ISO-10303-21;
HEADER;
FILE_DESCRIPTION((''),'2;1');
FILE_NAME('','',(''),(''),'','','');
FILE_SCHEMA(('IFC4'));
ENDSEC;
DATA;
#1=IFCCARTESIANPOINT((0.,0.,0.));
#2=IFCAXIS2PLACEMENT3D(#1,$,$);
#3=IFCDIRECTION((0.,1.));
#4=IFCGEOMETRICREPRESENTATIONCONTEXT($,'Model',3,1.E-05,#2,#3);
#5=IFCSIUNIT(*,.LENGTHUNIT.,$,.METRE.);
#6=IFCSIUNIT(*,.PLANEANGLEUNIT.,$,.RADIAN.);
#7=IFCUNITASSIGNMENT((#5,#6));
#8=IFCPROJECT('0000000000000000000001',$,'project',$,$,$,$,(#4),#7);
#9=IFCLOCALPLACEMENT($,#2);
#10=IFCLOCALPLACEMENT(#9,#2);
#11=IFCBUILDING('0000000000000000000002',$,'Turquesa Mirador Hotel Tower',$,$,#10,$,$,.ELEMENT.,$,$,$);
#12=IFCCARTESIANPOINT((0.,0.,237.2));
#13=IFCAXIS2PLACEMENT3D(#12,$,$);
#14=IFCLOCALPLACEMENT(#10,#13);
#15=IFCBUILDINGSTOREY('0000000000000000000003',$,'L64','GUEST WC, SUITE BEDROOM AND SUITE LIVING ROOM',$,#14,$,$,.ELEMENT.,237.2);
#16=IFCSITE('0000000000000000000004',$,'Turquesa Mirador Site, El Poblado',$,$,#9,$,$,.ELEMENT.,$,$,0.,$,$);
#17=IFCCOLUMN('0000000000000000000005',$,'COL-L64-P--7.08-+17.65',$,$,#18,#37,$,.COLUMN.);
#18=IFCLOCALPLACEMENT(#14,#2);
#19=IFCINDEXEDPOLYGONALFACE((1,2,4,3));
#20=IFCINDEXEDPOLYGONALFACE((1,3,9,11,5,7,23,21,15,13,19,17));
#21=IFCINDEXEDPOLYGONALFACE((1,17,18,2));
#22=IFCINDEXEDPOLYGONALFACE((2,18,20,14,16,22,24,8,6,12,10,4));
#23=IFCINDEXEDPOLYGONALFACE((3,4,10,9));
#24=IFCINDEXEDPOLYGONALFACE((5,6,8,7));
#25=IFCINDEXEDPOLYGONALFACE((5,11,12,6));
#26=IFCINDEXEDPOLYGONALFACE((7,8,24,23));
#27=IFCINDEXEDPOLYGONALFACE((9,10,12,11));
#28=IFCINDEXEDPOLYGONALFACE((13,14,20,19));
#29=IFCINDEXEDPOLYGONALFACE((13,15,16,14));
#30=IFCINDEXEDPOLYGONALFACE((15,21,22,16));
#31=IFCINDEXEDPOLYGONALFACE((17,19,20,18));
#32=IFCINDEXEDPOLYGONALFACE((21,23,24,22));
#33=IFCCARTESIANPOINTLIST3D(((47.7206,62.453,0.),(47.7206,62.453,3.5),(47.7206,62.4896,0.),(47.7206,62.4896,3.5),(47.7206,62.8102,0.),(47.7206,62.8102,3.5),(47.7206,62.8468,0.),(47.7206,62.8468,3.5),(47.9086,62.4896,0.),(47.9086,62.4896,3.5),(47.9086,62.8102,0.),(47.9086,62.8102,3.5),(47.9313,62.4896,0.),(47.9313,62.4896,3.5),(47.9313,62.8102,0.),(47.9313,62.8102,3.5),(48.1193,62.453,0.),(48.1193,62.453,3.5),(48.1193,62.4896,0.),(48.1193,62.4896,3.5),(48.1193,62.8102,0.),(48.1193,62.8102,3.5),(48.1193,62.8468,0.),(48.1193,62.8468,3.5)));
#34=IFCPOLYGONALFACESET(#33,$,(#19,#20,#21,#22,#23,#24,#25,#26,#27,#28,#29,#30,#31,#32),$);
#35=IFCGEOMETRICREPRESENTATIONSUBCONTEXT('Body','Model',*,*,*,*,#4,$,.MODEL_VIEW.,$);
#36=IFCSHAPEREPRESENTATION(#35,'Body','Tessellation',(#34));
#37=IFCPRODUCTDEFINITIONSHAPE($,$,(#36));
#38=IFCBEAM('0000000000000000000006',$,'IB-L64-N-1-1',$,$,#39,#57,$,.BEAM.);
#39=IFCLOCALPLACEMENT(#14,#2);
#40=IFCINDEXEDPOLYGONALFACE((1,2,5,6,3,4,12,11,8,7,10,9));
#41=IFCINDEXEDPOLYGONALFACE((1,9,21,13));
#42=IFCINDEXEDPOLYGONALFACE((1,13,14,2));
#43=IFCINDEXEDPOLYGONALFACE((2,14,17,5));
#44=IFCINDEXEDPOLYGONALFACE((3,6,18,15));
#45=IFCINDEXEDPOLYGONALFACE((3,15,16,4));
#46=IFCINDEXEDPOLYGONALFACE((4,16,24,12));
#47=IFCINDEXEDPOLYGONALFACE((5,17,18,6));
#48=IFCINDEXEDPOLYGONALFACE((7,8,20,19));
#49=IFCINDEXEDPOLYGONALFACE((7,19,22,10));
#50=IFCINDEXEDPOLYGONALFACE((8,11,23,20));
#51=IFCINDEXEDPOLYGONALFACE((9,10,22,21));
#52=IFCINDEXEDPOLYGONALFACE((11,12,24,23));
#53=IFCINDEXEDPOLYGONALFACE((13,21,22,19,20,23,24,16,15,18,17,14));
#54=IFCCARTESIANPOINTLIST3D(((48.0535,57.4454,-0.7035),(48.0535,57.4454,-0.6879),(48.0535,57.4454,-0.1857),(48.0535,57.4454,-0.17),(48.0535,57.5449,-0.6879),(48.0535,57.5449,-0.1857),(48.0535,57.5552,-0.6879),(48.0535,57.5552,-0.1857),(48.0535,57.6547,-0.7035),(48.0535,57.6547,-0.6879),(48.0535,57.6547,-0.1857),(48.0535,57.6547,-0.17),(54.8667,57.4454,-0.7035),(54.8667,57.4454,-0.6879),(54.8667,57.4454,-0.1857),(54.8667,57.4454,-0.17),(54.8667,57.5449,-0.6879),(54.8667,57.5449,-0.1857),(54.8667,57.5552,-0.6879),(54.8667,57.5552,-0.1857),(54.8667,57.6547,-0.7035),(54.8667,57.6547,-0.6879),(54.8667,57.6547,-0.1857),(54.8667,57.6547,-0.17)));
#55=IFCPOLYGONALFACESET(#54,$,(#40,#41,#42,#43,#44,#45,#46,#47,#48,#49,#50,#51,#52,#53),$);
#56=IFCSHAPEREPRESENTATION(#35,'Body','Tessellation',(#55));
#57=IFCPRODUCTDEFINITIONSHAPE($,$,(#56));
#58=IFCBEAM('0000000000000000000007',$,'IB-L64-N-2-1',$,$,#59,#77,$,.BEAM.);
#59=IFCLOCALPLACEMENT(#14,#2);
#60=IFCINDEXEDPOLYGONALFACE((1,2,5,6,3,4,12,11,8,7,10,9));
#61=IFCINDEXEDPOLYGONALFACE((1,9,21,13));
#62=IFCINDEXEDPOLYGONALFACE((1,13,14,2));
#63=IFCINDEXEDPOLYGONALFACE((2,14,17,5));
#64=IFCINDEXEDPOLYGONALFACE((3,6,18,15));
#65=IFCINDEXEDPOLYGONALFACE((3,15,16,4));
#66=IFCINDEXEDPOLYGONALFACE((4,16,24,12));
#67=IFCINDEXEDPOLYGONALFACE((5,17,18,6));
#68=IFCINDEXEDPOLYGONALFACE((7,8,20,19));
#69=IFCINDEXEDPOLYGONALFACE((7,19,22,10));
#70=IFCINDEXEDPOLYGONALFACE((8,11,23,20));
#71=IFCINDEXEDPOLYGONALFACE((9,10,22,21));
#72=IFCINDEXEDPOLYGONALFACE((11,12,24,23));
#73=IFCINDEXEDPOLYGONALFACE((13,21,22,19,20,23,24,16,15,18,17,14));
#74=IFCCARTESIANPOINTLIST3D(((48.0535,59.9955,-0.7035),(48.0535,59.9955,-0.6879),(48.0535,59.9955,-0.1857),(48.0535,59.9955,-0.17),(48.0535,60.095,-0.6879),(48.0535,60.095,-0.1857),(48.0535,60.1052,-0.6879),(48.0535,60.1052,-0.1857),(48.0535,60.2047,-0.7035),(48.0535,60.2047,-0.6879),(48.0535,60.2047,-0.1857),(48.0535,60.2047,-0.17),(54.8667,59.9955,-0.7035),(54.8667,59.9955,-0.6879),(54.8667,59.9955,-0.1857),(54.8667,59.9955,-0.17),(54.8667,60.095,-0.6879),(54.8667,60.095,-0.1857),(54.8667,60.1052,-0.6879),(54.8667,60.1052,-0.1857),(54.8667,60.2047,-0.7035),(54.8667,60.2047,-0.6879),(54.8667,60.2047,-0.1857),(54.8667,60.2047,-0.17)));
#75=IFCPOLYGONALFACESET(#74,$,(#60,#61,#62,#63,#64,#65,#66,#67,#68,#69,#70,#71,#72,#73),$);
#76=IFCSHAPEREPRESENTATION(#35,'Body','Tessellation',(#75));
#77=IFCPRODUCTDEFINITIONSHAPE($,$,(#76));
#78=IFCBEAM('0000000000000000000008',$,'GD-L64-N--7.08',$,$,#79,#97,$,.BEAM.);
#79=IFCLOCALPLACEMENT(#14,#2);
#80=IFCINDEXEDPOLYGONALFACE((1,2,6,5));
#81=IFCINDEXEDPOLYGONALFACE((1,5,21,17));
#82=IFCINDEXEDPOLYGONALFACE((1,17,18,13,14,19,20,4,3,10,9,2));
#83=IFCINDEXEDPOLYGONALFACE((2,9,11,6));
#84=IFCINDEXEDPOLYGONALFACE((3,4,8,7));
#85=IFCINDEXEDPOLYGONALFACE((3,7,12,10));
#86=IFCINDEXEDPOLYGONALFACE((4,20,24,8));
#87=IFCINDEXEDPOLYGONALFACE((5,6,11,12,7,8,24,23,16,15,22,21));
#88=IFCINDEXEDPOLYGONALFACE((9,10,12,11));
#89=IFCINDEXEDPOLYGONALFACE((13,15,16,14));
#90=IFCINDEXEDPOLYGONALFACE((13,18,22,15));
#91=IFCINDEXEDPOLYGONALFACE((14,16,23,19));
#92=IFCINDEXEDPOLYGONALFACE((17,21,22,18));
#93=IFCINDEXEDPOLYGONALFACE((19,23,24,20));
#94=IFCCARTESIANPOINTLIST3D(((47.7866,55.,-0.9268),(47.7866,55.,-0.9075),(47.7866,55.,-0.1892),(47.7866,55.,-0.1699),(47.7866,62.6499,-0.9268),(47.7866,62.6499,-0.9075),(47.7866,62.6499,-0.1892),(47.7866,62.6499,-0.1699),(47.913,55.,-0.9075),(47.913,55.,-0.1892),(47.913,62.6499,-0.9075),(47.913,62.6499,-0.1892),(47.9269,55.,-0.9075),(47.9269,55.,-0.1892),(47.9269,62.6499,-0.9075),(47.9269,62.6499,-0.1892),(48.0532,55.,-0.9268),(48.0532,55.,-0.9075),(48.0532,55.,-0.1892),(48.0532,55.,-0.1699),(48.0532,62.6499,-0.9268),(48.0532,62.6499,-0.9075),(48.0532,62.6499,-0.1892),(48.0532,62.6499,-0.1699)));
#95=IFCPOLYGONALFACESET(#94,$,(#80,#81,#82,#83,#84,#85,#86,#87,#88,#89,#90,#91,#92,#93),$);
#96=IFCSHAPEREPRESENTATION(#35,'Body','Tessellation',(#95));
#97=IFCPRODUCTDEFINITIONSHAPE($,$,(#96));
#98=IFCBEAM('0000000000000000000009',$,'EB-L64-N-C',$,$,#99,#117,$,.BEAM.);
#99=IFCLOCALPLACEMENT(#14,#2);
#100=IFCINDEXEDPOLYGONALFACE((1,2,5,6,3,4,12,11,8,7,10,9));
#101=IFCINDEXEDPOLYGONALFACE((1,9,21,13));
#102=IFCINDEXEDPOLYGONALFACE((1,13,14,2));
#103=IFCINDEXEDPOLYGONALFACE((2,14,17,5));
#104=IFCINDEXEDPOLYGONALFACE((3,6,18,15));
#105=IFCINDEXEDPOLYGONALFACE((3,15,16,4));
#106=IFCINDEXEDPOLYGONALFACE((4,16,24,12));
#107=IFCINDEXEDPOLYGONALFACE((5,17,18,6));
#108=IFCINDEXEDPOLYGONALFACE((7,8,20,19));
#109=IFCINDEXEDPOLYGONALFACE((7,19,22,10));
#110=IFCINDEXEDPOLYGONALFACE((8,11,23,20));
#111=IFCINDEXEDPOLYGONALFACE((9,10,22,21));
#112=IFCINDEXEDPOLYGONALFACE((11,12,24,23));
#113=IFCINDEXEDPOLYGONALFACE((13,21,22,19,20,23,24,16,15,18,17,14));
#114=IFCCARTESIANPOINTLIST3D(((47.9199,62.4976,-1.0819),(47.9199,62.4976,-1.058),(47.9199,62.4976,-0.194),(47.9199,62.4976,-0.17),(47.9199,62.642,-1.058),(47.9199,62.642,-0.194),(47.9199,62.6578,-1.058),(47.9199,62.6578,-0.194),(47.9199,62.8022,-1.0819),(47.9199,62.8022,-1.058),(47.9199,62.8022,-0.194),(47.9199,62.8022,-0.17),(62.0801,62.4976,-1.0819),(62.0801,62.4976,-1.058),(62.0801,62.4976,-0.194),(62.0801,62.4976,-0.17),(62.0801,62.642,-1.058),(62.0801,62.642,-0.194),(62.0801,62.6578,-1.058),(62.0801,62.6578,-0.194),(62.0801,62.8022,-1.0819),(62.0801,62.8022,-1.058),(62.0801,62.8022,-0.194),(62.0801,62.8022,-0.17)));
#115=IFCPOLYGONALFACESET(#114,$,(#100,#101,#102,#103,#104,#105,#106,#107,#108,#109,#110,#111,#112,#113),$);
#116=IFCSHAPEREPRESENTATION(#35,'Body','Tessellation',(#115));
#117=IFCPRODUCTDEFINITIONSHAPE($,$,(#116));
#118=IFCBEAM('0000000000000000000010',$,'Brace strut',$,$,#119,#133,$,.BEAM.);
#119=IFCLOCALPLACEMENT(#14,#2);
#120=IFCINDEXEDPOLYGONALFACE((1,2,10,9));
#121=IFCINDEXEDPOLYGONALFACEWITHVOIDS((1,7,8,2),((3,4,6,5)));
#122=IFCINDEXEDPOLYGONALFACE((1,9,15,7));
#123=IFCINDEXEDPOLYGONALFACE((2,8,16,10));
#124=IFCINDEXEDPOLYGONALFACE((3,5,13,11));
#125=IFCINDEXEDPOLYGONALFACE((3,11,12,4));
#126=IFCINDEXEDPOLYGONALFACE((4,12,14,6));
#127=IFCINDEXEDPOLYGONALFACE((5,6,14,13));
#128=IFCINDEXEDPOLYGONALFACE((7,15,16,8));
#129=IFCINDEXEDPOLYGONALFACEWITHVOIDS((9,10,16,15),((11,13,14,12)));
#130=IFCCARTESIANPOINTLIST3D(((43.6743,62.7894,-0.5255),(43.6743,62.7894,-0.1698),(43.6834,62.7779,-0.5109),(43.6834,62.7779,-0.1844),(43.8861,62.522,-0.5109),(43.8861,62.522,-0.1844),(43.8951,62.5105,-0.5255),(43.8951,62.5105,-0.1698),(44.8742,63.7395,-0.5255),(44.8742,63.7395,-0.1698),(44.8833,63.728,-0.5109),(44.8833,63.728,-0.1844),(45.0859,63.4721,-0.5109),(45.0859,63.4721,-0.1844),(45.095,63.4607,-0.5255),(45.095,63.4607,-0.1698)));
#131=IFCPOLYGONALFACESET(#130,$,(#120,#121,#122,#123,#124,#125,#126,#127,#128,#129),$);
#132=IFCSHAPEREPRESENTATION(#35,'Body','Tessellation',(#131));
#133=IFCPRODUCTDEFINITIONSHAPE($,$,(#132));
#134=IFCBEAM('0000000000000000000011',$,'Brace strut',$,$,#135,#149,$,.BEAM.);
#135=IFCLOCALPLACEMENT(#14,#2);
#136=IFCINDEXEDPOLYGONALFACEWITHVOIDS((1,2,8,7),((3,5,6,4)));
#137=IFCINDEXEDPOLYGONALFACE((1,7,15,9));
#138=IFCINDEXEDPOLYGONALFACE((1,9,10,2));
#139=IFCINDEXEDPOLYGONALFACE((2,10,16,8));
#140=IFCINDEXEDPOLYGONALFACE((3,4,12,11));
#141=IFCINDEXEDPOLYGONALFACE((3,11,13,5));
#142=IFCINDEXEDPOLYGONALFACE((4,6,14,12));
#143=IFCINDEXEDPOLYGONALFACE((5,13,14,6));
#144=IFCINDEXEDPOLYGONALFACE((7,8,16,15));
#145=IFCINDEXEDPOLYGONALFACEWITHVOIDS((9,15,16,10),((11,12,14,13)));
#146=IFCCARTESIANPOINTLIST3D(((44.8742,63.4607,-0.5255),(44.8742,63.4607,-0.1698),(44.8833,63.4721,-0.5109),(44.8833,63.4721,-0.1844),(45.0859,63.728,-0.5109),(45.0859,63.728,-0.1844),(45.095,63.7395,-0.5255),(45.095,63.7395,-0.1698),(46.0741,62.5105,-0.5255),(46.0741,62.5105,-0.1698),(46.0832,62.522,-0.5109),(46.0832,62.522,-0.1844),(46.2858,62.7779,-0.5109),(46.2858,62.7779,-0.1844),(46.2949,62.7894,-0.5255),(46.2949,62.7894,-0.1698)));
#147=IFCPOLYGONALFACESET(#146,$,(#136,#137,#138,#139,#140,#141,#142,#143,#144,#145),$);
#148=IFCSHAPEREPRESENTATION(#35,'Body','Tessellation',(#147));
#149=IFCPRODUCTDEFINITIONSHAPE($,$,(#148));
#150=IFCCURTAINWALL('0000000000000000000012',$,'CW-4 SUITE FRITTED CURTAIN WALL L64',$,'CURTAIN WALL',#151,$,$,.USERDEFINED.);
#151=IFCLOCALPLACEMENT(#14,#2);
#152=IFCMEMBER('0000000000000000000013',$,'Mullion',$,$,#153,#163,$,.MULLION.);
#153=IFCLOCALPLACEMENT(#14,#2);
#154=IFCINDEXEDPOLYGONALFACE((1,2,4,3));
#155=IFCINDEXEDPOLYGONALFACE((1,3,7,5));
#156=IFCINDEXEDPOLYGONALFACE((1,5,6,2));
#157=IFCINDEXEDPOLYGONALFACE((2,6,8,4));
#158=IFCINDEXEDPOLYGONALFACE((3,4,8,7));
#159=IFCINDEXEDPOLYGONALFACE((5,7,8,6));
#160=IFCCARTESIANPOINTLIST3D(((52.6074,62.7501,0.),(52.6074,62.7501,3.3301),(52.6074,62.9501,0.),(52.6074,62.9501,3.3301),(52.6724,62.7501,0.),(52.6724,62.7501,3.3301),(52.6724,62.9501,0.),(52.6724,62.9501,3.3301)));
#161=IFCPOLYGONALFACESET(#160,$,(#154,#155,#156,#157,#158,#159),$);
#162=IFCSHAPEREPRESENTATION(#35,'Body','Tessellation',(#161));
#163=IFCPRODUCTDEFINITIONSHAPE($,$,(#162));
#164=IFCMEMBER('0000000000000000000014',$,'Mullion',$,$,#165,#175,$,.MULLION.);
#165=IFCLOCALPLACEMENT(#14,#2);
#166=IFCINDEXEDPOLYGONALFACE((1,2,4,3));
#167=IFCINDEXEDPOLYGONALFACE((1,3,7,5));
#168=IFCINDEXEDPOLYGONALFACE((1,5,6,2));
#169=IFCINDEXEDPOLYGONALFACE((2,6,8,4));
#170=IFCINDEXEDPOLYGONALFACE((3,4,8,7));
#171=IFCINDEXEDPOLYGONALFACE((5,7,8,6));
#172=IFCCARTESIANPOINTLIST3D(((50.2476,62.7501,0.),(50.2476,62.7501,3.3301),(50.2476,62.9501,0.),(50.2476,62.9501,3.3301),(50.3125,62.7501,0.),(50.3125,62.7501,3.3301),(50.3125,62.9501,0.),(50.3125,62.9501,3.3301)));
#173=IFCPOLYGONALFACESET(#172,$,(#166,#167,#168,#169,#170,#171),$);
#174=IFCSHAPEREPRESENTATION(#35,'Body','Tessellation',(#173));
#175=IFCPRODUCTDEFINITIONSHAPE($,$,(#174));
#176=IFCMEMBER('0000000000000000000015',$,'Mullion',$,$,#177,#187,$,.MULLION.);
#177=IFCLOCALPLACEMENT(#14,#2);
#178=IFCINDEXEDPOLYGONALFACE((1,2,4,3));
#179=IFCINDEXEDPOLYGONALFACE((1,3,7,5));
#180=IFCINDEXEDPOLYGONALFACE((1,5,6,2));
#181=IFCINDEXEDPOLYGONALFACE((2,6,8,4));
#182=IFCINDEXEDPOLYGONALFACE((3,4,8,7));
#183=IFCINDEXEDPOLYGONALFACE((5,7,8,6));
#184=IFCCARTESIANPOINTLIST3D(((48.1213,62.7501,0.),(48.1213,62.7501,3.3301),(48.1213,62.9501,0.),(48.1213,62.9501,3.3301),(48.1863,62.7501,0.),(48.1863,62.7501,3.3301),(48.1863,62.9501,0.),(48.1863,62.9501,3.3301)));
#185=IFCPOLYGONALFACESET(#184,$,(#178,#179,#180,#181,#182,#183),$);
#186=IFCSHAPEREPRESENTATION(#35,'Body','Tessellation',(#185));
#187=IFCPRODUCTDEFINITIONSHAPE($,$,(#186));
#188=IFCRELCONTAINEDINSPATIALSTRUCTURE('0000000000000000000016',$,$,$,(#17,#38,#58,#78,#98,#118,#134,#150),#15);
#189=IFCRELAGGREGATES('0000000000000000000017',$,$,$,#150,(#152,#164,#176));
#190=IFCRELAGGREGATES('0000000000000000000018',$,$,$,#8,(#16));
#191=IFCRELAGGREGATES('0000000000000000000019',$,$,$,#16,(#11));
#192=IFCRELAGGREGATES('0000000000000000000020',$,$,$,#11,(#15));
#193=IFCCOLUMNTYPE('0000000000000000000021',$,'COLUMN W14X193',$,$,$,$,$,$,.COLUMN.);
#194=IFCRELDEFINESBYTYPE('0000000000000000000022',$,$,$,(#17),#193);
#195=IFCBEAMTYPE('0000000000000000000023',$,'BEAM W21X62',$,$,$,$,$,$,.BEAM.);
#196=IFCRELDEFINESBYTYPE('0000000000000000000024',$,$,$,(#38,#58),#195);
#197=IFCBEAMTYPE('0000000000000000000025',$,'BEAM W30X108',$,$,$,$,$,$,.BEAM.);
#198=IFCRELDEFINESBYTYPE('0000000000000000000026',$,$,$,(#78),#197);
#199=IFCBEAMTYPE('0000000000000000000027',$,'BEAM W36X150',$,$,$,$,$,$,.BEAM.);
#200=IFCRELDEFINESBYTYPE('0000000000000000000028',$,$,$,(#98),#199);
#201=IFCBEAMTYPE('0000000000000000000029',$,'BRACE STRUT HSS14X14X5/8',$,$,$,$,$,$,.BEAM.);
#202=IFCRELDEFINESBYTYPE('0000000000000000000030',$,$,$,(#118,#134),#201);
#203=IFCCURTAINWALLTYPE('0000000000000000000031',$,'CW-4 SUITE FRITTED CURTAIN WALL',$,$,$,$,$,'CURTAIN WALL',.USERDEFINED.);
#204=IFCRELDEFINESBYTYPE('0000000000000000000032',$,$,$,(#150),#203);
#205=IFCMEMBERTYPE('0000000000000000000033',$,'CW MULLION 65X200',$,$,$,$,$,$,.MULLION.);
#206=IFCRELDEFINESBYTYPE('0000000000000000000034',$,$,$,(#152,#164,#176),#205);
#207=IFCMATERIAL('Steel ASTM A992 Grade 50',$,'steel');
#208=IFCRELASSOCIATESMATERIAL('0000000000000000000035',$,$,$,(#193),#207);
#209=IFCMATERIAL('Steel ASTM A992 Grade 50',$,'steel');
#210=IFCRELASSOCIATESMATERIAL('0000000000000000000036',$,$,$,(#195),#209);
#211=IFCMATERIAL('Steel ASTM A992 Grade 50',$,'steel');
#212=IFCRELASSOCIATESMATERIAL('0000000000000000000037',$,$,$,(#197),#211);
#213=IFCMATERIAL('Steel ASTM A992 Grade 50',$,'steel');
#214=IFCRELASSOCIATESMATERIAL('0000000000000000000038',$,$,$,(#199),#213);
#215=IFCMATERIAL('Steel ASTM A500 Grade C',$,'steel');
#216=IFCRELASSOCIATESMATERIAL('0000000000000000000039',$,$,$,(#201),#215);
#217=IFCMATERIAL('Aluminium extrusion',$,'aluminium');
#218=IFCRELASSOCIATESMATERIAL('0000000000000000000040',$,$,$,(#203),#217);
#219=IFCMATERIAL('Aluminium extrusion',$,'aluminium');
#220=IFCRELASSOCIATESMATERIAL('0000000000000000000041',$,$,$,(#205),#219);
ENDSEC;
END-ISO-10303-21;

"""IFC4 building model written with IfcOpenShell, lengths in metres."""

from ifc_helpers import new_model, si_unit, direction, frame, origin, origin_2d, place, context, subcontext, project, spatial, rectangle, hollow_rectangle, i_section, extrude, material, material_profile, profile_set, type_object, element, aggregate, save


model = new_model("IFC4")

# Units and contexts
model_context = context("Model", 3, precision=1e-05, world=origin(), true_north=direction((0.0, 1.0)))
body_context = subcontext(model_context, "Body", "Model", "MODEL_VIEW")
ifc_project = project(units=[si_unit("LENGTHUNIT", "METRE"), si_unit("PLANEANGLEUNIT", "RADIAN")], contexts=[model_context])

# Site, building, storey
site_placement = place(None, origin())
site = spatial("IfcSite", under=ifc_project, at=site_placement, Name="Turquesa Mirador Site, El Poblado", CompositionType="ELEMENT", RefElevation=0.0)
building_placement = place(site_placement, origin())
building = spatial("IfcBuilding", under=site, at=building_placement, Name="Turquesa Mirador Hotel Tower", CompositionType="ELEMENT")
storey_placement = place(building_placement, frame((0.0, 0.0, 237.2)))
storey = spatial("IfcBuildingStorey", under=building, at=storey_placement, Name="L64", Description="GUEST WC, SUITE BEDROOM AND SUITE LIVING ROOM", CompositionType="ELEMENT", Elevation=237.2)

# Column
ifc_material_1 = material(Name="Steel ASTM A992 Grade 50", Category="steel")
ifc_material_profile_1 = material_profile(ifc_material_1, i_section(OverallWidth=0.3987, OverallDepth=0.3938, WebThickness=0.0227, FlangeThickness=0.0366, at=origin_2d()), Name="W14X193")
ifc_profile_set_1 = profile_set([ifc_material_profile_1], Name="Steel ASTM A992 Grade 50")
column_type = type_object("IfcColumnType", Name="COLUMN W14X193", PredefinedType="COLUMN", material=ifc_profile_set_1)
column_placement = place(storey_placement, frame((47.9199, 62.6499, 0.0), z_axis=(0.0, 0.0, 1.0), x_axis=(1.0, 0.0, 0.0)))
element("IfcColumn", 1, at=column_placement, inside=storey, type_object=column_type, Name="COL-L64-P--7.08-+17.65", PredefinedType="COLUMN", context=body_context, shape_type="SweptSolid", body=[
    extrude(i_section(OverallWidth=0.3987, OverallDepth=0.3938, WebThickness=0.0227, FlangeThickness=0.0366, at=origin_2d()), origin(), (0.0, 0.0, 1.0), 3.5),
])

# Beams
ifc_material_2 = material(Name="Steel ASTM A992 Grade 50", Category="steel")
ifc_material_profile_2 = material_profile(ifc_material_2, i_section(OverallWidth=0.2092, OverallDepth=0.5334, WebThickness=0.0103, FlangeThickness=0.0156, at=origin_2d()), Name="W21X62")
ifc_profile_set_2 = profile_set([ifc_material_profile_2], Name="Steel ASTM A992 Grade 50")
beam_type_1 = type_object("IfcBeamType", Name="BEAM W21X62", PredefinedType="BEAM", material=ifc_profile_set_2)
for number, where, z_axis, x_axis, name in (
    (2, (48.0535, 57.55, -0.4368), (1.0, 0.0, 0.0), (0.0, 1.0, 0.0), "IB-L64-N-1-1"),
    (3, (48.0535, 60.1001, -0.4368), (1.0, 0.0, 0.0), (0.0, 1.0, 0.0), "IB-L64-N-2-1"),
):
    element("IfcBeam", number, at=place(storey_placement, frame(where, z_axis=z_axis, x_axis=x_axis)), inside=storey, type_object=beam_type_1, Name=name, PredefinedType="BEAM", context=body_context, shape_type="SweptSolid", body=[
        extrude(i_section(OverallWidth=0.2092, OverallDepth=0.5334, WebThickness=0.0103, FlangeThickness=0.0156, at=origin_2d()), origin(), (0.0, 0.0, 1.0), 6.8132),
    ])
ifc_material_3 = material(Name="Steel ASTM A992 Grade 50", Category="steel")
ifc_material_profile_3 = material_profile(ifc_material_3, i_section(OverallWidth=0.2666, OverallDepth=0.7568, WebThickness=0.0139, FlangeThickness=0.0193, at=origin_2d()), Name="W30X108")
ifc_profile_set_3 = profile_set([ifc_material_profile_3], Name="Steel ASTM A992 Grade 50")
beam_type_2 = type_object("IfcBeamType", Name="BEAM W30X108", PredefinedType="BEAM", material=ifc_profile_set_3)
beam_1_placement = place(storey_placement, frame((47.9199, 62.6499, -0.5483), z_axis=(0.0, -1.0, 0.0), x_axis=(1.0, 0.0, 0.0)))
element("IfcBeam", 4, at=beam_1_placement, inside=storey, type_object=beam_type_2, Name="GD-L64-N--7.08", PredefinedType="BEAM", context=body_context, shape_type="SweptSolid", body=[
    extrude(i_section(OverallWidth=0.2666, OverallDepth=0.7568, WebThickness=0.0139, FlangeThickness=0.0193, at=origin_2d()), origin(), (0.0, 0.0, 1.0), 7.6499),
])
ifc_material_4 = material(Name="Steel ASTM A992 Grade 50", Category="steel")
ifc_material_profile_4 = material_profile(ifc_material_4, i_section(OverallWidth=0.3047, OverallDepth=0.9119, WebThickness=0.0159, FlangeThickness=0.0239, at=origin_2d()), Name="W36X150")
ifc_profile_set_4 = profile_set([ifc_material_profile_4], Name="Steel ASTM A992 Grade 50")
beam_type_3 = type_object("IfcBeamType", Name="BEAM W36X150", PredefinedType="BEAM", material=ifc_profile_set_4)
beam_2_placement = place(storey_placement, frame((47.9199, 62.6499, -0.626), z_axis=(1.0, 0.0, 0.0), x_axis=(0.0, 1.0, 0.0)))
element("IfcBeam", 5, at=beam_2_placement, inside=storey, type_object=beam_type_3, Name="EB-L64-N-C", PredefinedType="BEAM", context=body_context, shape_type="SweptSolid", body=[
    extrude(i_section(OverallWidth=0.3047, OverallDepth=0.9119, WebThickness=0.0159, FlangeThickness=0.0239, at=origin_2d()), origin(), (0.0, 0.0, 1.0), 14.1602),
])
ifc_material_5 = material(Name="Steel ASTM A500 Grade C", Category="steel")
ifc_material_profile_5 = material_profile(ifc_material_5, hollow_rectangle(XDim=0.3557, YDim=0.3557, WallThickness=0.0146, at=origin_2d()), Name="HSS14X14X5/8")
ifc_profile_set_5 = profile_set([ifc_material_profile_5], Name="Steel ASTM A500 Grade C")
beam_type_4 = type_object("IfcBeamType", Name="BRACE STRUT HSS14X14X5/8", PredefinedType="BEAM", material=ifc_profile_set_5)
for number, where, z_axis, x_axis, name in (
    (6, (44.9846, 63.6001, -0.3477), (-0.783971, -0.620797, 0.0), (0.620797, -0.783971, 0.0), "Brace strut"),
    (7, (44.9846, 63.6001, -0.3477), (0.783971, -0.620797, 0.0), (0.620797, 0.783971, 0.0), "Brace strut"),
):
    element("IfcBeam", number, at=place(storey_placement, frame(where, z_axis=z_axis, x_axis=x_axis)), inside=storey, type_object=beam_type_4, Name=name, PredefinedType="BEAM", context=body_context, shape_type="SweptSolid", body=[
        extrude(hollow_rectangle(XDim=0.3557, YDim=0.3557, WallThickness=0.0146, at=origin_2d()), origin(), (0.0, 0.0, 1.0), 1.5305),
    ])

# Curtain wall, members
ifc_material_6 = material(Name="Aluminium extrusion", Category="aluminium")
curtain_wall_type = type_object("IfcCurtainWallType", Name="CW-4 SUITE FRITTED CURTAIN WALL", ElementType="CURTAIN WALL", PredefinedType="USERDEFINED", material=ifc_material_6)
curtain_wall_1_placement = place(storey_placement, origin())
curtain_wall_1 = element("IfcCurtainWall", 8, at=curtain_wall_1_placement, inside=storey, type_object=curtain_wall_type, Name="CW-4 SUITE FRITTED CURTAIN WALL L64", ObjectType="CURTAIN WALL", PredefinedType="USERDEFINED")
ifc_material_7 = material(Name="Aluminium extrusion", Category="aluminium")
ifc_material_profile_6 = material_profile(ifc_material_7, rectangle(XDim=0.0649, YDim=0.2, at=origin_2d()), Name="MULLION 65X200")
ifc_profile_set_6 = profile_set([ifc_material_profile_6], Name="Aluminium extrusion")
member_type_1 = type_object("IfcMemberType", Name="CW MULLION 65X200", PredefinedType="MULLION", material=ifc_profile_set_6)
member_1_placement = place(storey_placement, frame((52.6399, 62.8501, 0.0), z_axis=(0.0, 0.0, 1.0), x_axis=(-1.0, 0.0, 0.0)))
member_1 = element("IfcMember", 9, at=member_1_placement, type_object=member_type_1, Name="Mullion", PredefinedType="MULLION", context=body_context, shape_type="SweptSolid", body=[
    extrude(rectangle(XDim=0.0649, YDim=0.2, at=origin_2d()), origin(), (0.0, 0.0, 1.0), 3.3301),
])
member_2_placement = place(storey_placement, frame((50.28, 62.8501, 0.0), z_axis=(0.0, 0.0, 1.0), x_axis=(-1.0, 0.0, 0.0)))
member_2 = element("IfcMember", 10, at=member_2_placement, type_object=member_type_1, Name="Mullion", PredefinedType="MULLION", context=body_context, shape_type="SweptSolid", body=[
    extrude(rectangle(XDim=0.0649, YDim=0.2, at=origin_2d()), origin(), (0.0, 0.0, 1.0), 3.3301),
])
member_3_placement = place(storey_placement, frame((48.1538, 62.8501, 0.0), z_axis=(0.0, 0.0, 1.0), x_axis=(-1.0, 0.0, 0.0)))
member_3 = element("IfcMember", 11, at=member_3_placement, type_object=member_type_1, Name="Mullion", PredefinedType="MULLION", context=body_context, shape_type="SweptSolid", body=[
    extrude(rectangle(XDim=0.0649, YDim=0.2, at=origin_2d()), origin(), (0.0, 0.0, 1.0), 3.3301),
])

aggregate(curtain_wall_1, [member_1, member_2, member_3])

save(model, "model.ifc")
